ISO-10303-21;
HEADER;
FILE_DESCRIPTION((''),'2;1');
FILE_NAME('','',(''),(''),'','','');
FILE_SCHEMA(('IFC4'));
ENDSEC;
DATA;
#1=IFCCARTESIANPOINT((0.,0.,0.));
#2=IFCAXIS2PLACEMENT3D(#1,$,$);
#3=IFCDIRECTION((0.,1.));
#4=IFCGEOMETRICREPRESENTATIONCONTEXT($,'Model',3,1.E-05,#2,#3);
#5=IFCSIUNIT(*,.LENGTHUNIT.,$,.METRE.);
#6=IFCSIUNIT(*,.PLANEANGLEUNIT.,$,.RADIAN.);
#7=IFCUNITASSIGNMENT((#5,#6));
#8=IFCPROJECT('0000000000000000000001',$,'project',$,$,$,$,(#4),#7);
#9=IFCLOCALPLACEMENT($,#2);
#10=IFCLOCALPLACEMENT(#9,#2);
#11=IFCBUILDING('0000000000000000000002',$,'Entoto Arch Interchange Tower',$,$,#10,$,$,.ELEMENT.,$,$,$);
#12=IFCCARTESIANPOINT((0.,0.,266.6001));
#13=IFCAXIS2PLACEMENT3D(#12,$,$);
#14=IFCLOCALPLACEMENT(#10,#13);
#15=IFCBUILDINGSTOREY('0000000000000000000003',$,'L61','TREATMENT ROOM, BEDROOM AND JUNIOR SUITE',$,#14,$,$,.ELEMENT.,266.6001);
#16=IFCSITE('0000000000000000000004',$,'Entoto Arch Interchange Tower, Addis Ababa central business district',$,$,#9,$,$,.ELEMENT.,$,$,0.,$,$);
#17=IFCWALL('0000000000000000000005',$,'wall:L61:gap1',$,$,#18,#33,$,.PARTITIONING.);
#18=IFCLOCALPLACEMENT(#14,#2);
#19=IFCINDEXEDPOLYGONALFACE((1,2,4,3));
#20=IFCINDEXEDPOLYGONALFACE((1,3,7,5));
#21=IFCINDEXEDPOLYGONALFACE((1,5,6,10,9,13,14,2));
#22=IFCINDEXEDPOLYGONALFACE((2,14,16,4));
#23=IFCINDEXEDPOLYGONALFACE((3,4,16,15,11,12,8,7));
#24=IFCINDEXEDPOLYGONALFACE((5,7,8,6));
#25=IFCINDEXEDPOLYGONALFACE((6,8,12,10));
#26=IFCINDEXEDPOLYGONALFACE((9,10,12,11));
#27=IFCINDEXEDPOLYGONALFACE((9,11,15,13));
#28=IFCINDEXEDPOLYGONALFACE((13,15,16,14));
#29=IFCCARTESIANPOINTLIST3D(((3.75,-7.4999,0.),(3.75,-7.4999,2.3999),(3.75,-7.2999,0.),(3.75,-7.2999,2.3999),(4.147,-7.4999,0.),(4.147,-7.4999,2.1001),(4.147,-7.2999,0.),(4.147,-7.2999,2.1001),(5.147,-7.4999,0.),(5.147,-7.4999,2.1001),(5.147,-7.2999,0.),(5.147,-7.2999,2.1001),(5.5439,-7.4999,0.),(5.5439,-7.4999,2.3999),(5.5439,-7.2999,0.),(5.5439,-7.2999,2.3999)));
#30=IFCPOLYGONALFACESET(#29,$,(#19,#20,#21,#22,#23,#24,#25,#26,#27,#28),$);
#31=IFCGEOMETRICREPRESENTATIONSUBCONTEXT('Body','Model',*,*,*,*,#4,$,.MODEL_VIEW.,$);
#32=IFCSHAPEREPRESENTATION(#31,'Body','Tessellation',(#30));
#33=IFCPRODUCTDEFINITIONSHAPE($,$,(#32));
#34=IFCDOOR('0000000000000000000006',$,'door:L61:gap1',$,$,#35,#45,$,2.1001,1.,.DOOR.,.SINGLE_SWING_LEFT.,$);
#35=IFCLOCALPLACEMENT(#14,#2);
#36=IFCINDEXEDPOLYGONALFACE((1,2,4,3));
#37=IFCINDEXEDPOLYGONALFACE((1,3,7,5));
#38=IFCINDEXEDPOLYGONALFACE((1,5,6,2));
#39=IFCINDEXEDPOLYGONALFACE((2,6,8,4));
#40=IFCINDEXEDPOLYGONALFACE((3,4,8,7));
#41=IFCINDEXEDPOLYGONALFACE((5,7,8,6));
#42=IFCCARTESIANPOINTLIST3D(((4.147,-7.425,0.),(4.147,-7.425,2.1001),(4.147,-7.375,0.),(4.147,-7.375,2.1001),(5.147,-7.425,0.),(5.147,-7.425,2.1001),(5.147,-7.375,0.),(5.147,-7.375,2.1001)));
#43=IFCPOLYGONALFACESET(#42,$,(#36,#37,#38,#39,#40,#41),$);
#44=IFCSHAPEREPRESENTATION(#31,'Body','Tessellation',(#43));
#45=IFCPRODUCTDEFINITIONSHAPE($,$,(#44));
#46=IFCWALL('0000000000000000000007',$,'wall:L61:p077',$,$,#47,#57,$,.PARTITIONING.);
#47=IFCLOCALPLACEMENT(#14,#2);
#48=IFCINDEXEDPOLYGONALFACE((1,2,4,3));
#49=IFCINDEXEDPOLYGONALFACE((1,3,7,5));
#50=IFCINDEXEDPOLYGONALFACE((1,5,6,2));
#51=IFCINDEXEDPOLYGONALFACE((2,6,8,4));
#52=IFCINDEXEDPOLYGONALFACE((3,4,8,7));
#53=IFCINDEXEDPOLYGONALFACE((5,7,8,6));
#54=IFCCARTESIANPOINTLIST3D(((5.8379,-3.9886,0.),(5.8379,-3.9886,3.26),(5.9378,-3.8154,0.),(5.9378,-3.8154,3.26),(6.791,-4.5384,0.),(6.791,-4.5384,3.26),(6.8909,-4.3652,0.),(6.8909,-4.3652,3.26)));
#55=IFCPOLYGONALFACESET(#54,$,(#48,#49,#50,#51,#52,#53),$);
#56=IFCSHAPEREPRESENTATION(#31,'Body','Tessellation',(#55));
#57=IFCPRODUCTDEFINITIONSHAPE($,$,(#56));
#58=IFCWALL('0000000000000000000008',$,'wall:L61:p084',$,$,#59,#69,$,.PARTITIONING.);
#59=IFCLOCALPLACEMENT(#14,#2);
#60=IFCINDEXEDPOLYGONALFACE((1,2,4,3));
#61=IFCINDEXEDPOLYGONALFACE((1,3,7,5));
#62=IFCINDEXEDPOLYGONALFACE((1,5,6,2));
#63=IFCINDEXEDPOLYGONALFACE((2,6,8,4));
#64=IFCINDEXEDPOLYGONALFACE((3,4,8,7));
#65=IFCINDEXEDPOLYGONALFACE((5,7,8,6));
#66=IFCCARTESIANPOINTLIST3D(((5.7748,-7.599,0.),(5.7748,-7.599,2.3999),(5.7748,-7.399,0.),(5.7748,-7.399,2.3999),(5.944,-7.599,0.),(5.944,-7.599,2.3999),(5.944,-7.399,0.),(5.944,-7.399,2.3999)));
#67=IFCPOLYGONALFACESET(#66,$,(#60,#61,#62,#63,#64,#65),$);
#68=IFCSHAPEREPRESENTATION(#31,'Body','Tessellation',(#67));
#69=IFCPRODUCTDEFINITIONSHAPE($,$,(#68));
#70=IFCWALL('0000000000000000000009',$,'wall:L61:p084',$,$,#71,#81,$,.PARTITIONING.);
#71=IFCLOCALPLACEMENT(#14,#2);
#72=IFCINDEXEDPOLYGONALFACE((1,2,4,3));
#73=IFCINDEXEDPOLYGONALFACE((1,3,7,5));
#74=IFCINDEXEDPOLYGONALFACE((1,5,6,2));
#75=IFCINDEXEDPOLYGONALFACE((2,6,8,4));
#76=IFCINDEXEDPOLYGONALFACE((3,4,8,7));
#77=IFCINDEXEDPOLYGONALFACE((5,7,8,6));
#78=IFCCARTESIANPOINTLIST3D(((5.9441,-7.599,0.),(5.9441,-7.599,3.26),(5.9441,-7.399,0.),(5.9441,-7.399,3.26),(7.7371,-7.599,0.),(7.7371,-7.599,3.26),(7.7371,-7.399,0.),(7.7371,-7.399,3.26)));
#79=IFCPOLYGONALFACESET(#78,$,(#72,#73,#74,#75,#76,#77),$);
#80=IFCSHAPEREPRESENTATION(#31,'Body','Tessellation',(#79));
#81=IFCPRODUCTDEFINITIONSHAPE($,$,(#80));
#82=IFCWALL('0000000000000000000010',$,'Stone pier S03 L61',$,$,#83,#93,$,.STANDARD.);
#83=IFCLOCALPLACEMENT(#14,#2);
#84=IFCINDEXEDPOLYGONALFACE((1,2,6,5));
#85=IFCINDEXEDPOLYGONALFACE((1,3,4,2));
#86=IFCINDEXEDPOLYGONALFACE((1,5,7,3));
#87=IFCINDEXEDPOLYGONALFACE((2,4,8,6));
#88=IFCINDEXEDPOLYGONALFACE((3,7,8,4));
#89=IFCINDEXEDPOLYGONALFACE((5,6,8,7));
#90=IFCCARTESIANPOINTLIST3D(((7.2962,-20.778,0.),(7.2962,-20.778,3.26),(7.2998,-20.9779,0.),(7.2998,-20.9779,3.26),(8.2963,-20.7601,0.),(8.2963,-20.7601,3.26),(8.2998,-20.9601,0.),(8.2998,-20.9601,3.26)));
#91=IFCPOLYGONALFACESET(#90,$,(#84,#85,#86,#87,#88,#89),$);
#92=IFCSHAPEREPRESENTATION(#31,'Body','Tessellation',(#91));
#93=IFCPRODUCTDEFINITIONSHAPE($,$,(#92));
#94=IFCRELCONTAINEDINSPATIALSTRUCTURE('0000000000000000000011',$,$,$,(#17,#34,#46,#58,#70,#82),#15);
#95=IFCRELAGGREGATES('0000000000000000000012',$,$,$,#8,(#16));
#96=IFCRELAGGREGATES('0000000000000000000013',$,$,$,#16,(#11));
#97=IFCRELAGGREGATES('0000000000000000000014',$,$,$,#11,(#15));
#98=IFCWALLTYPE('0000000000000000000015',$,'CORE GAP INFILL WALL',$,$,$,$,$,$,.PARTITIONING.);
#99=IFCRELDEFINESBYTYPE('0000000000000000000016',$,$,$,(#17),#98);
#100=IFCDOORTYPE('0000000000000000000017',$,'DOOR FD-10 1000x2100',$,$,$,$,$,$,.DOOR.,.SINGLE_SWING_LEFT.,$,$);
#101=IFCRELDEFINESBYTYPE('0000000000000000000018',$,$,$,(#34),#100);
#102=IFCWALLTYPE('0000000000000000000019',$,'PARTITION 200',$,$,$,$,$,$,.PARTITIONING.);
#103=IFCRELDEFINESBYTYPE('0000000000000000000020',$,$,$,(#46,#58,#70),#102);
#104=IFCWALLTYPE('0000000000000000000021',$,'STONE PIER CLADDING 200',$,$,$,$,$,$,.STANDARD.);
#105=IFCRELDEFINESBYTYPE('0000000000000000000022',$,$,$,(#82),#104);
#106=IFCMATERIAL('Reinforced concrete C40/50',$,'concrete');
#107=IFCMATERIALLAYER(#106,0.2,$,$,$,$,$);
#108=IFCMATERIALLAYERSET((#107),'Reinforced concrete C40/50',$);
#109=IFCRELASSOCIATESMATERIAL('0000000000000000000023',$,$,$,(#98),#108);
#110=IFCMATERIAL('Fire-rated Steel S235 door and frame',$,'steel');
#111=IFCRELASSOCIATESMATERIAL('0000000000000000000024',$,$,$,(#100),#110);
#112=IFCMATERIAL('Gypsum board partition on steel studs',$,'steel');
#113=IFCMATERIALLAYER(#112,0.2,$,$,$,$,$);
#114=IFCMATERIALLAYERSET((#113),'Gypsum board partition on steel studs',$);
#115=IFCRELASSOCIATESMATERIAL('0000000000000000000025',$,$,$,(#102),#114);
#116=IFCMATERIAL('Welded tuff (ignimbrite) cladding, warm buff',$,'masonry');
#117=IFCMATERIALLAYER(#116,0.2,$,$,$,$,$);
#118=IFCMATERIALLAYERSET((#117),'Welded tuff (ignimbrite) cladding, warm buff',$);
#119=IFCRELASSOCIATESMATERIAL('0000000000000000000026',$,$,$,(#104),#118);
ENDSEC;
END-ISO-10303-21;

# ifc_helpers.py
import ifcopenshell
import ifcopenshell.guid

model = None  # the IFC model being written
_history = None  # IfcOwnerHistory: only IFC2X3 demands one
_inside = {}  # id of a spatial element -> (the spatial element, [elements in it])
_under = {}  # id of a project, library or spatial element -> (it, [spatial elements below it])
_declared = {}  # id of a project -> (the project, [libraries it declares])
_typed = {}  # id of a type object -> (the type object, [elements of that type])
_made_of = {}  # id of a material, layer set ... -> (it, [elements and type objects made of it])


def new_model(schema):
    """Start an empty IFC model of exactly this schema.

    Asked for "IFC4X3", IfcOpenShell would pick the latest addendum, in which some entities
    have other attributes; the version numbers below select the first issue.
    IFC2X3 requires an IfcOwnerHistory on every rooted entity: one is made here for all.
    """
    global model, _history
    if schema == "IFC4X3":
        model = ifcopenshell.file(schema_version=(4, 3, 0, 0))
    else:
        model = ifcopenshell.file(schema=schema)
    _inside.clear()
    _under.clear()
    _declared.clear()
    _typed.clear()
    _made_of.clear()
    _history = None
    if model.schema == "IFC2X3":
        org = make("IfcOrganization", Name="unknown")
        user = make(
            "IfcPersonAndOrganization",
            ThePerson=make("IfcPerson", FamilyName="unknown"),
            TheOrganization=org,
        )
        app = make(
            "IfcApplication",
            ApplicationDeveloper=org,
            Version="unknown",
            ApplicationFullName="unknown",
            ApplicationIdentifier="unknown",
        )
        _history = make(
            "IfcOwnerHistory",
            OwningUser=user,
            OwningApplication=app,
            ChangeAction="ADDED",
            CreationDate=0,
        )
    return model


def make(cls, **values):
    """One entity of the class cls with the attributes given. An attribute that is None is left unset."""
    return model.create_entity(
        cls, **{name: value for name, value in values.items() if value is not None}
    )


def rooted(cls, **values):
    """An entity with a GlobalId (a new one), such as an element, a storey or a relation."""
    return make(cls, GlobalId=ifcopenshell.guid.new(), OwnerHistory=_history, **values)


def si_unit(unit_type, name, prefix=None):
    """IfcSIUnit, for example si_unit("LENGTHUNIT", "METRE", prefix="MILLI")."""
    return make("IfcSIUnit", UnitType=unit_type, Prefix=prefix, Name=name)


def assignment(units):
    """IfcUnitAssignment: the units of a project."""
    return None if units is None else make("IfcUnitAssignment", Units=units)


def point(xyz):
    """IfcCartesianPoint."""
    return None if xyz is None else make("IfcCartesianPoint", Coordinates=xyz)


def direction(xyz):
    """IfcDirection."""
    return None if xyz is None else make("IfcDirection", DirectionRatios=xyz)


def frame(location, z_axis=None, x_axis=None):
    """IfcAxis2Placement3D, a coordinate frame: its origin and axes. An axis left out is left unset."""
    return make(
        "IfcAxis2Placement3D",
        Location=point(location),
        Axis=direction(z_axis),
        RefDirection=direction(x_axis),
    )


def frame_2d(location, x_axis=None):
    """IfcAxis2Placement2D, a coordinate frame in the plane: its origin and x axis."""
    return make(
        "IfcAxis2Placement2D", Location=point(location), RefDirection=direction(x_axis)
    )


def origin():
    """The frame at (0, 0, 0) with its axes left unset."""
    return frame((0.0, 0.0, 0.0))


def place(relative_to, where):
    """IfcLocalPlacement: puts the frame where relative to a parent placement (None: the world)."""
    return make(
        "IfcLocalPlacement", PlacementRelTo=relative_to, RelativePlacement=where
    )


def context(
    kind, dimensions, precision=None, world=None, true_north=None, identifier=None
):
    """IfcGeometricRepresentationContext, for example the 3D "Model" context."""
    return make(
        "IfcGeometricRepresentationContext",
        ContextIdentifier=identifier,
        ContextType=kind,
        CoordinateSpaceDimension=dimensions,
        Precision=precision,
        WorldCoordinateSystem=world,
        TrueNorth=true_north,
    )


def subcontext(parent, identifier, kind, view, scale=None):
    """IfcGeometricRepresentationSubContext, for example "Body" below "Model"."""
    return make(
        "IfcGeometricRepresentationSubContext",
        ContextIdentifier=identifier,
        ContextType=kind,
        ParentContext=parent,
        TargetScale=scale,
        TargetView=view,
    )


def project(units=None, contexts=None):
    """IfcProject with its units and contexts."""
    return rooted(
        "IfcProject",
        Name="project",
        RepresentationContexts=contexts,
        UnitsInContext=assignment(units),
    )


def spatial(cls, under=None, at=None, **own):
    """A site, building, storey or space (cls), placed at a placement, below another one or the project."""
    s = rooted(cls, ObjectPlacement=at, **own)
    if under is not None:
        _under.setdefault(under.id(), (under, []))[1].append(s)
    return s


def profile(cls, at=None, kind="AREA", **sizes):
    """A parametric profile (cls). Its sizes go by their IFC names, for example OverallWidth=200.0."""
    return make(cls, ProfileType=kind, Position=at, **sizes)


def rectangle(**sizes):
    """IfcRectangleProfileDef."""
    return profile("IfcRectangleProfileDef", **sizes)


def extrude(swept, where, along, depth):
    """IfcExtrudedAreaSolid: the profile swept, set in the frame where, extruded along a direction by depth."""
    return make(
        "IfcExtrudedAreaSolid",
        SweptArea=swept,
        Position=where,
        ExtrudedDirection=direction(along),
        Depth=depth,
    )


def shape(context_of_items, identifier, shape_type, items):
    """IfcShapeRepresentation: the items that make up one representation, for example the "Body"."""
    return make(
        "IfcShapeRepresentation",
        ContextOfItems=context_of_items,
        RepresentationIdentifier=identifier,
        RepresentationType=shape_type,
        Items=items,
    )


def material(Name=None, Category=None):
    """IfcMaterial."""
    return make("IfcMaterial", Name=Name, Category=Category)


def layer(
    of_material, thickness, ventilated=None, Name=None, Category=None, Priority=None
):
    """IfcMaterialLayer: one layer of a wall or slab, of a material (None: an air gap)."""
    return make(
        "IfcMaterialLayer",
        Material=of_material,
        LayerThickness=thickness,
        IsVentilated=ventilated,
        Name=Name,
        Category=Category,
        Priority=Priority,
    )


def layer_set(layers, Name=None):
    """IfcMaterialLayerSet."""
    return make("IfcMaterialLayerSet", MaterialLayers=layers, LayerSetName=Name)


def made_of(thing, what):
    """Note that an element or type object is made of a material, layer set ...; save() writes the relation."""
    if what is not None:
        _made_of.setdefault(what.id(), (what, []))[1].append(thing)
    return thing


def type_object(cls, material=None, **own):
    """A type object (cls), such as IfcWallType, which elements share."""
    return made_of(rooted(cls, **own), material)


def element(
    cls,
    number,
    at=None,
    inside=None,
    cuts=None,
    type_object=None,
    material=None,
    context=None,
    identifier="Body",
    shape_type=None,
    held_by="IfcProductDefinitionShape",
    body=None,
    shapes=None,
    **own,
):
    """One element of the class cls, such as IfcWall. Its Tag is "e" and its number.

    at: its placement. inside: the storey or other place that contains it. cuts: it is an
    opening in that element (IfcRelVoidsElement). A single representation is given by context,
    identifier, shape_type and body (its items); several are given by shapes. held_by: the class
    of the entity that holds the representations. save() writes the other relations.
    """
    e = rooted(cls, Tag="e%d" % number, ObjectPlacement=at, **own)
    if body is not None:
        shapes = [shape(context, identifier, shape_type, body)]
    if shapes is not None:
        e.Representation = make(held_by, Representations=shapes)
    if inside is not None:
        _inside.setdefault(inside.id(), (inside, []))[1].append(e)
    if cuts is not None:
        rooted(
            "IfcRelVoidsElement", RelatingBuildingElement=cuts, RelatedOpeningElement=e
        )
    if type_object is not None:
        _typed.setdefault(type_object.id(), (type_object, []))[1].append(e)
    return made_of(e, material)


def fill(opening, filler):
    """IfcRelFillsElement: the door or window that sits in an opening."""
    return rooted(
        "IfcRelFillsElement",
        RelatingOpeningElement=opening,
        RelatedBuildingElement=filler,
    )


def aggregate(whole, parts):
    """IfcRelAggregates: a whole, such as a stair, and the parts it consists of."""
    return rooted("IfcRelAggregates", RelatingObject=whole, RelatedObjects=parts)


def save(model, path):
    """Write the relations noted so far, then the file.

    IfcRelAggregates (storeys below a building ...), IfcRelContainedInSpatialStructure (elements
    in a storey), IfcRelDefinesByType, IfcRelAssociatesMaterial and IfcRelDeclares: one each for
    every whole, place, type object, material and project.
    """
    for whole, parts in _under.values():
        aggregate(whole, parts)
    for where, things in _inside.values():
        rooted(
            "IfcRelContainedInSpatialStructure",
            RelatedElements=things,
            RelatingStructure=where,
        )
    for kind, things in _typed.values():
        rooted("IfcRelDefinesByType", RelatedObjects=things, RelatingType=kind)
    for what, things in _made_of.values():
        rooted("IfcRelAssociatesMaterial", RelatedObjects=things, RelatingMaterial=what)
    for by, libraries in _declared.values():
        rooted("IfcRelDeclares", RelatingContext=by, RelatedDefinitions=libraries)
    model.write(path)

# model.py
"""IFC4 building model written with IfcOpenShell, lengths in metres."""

from ifc_helpers import new_model, si_unit, direction, frame, frame_2d, origin, place, context, subcontext, project, spatial, rectangle, extrude, material, layer, layer_set, type_object, element, fill, save


model = new_model("IFC4")

# Units and contexts
model_context = context("Model", 3, precision=1e-05, world=origin(), true_north=direction((0.0, 1.0)))
body_context = subcontext(model_context, "Body", "Model", "MODEL_VIEW")
ifc_project = project(units=[si_unit("LENGTHUNIT", "METRE"), si_unit("PLANEANGLEUNIT", "RADIAN")], contexts=[model_context])

# Site, building, storey
site_placement = place(None, origin())
site = spatial("IfcSite", under=ifc_project, at=site_placement, Name="Entoto Arch Interchange Tower, Addis Ababa central business district", CompositionType="ELEMENT", RefElevation=0.0)
building_placement = place(site_placement, origin())
building = spatial("IfcBuilding", under=site, at=building_placement, Name="Entoto Arch Interchange Tower", CompositionType="ELEMENT")
storey_placement = place(building_placement, frame((0.0, 0.0, 266.6001)))
storey = spatial("IfcBuildingStorey", under=building, at=storey_placement, Name="L61", Description="TREATMENT ROOM, BEDROOM AND JUNIOR SUITE", CompositionType="ELEMENT", Elevation=266.6001)

# Wall, opening, door
ifc_material_1 = material(Name="Reinforced concrete C40/50", Category="concrete")
ifc_layer_1 = layer(ifc_material_1, 0.2)
ifc_layer_set_1 = layer_set([ifc_layer_1], Name="Reinforced concrete C40/50")
wall_type_1 = type_object("IfcWallType", Name="CORE GAP INFILL WALL", PredefinedType="PARTITIONING", material=ifc_layer_set_1)
wall_1_placement = place(storey_placement, frame((3.75, -7.3999, 0.0), z_axis=(0.0, 0.0, 1.0), x_axis=(1.0, 0.0, 0.0)))
wall_1 = element("IfcWall", 1, at=wall_1_placement, inside=storey, type_object=wall_type_1, Name="wall:L61:gap1", PredefinedType="PARTITIONING", context=body_context, shape_type="SweptSolid", body=[
    extrude(rectangle(XDim=1.7939, YDim=0.2, at=frame_2d((0.897, 0.0))), origin(), (0.0, 0.0, 1.0), 2.3999),
])
opening_placement = place(wall_1_placement, frame((0.397, 0.0, 0.0)))
opening = element("IfcOpeningElement", 2, at=opening_placement, cuts=wall_1, PredefinedType="OPENING", context=body_context, shape_type="SweptSolid", body=[
    extrude(rectangle(XDim=1.0, YDim=2.1001, at=frame_2d((0.5, 1.05))), frame((0.0, 0.1099, 0.0), z_axis=(0.0, -1.0, 0.0), x_axis=(1.0, 0.0, 0.0)), (0.0, 0.0, 1.0), 0.22),
])
ifc_material_2 = material(Name="Fire-rated Steel S235 door and frame", Category="steel")
door_type = type_object("IfcDoorType", Name="DOOR FD-10 1000x2100", OperationType="SINGLE_SWING_LEFT", PredefinedType="DOOR", material=ifc_material_2)
door_placement = place(opening_placement, origin())
door = element("IfcDoor", 3, at=door_placement, inside=storey, type_object=door_type, Name="door:L61:gap1", OperationType="SINGLE_SWING_LEFT", OverallHeight=2.1001, OverallWidth=1.0, PredefinedType="DOOR", context=body_context, shape_type="SweptSolid", body=[
    extrude(rectangle(XDim=1.0, YDim=2.1001, at=frame_2d((0.5, 1.05))), frame((0.0, 0.0249, 0.0), z_axis=(0.0, -1.0, 0.0), x_axis=(1.0, 0.0, 0.0)), (0.0, 0.0, 1.0), 0.05),
])
fill(opening, door)

# Walls
ifc_material_3 = material(Name="Gypsum board partition on steel studs", Category="steel")
ifc_layer_2 = layer(ifc_material_3, 0.2)
ifc_layer_set_2 = layer_set([ifc_layer_2], Name="Gypsum board partition on steel studs")
wall_type_2 = type_object("IfcWallType", Name="PARTITION 200", PredefinedType="PARTITIONING", material=ifc_layer_set_2)
wall_2_placement = place(storey_placement, frame((6.8411, -4.4519, 0.0), z_axis=(0.0, 0.0, 1.0), x_axis=(-0.866215, 0.499671, 0.0)))
element("IfcWall", 4, at=wall_2_placement, inside=storey, type_object=wall_type_2, Name="wall:L61:p077", PredefinedType="PARTITIONING", context=body_context, shape_type="SweptSolid", body=[
    extrude(rectangle(XDim=1.1003, YDim=0.2, at=frame_2d((0.5503, 0.0))), origin(), (0.0, 0.0, 1.0), 3.26),
])
wall_3_placement = place(storey_placement, frame((5.7749, -7.499, 0.0), z_axis=(0.0, 0.0, 1.0), x_axis=(1.0, 0.0, 0.0)))
element("IfcWall", 5, at=wall_3_placement, inside=storey, type_object=wall_type_2, Name="wall:L61:p084", PredefinedType="PARTITIONING", context=body_context, shape_type="SweptSolid", body=[
    extrude(rectangle(XDim=0.1692, YDim=0.2, at=frame_2d((0.0845, 0.0))), origin(), (0.0, 0.0, 1.0), 2.3999),
])
wall_4_placement = place(storey_placement, frame((5.9441, -7.499, 0.0), z_axis=(0.0, 0.0, 1.0), x_axis=(1.0, 0.0, 0.0)))
element("IfcWall", 6, at=wall_4_placement, inside=storey, type_object=wall_type_2, Name="wall:L61:p084", PredefinedType="PARTITIONING", context=body_context, shape_type="SweptSolid", body=[
    extrude(rectangle(XDim=1.793, YDim=0.2, at=frame_2d((0.8965, 0.0))), origin(), (0.0, 0.0, 1.0), 3.26),
])
ifc_material_4 = material(Name="Welded tuff (ignimbrite) cladding, warm buff", Category="masonry")
ifc_layer_3 = layer(ifc_material_4, 0.2)
ifc_layer_set_3 = layer_set([ifc_layer_3], Name="Welded tuff (ignimbrite) cladding, warm buff")
wall_type_3 = type_object("IfcWallType", Name="STONE PIER CLADDING 200", PredefinedType="STANDARD", material=ifc_layer_set_3)
wall_5_placement = place(storey_placement, frame((7.2981, -20.8779, 0.0), z_axis=(0.0, 0.0, 1.0), x_axis=(0.999841, 0.017819, 0.0)))
element("IfcWall", 7, at=wall_5_placement, inside=storey, type_object=wall_type_3, Name="Stone pier S03 L61", PredefinedType="STANDARD", context=body_context, shape_type="SweptSolid", body=[
    extrude(rectangle(XDim=1.0002, YDim=0.2, at=frame_2d((0.5, 0.0))), origin(), (0.0, 0.0, 1.0), 3.26),
])

save(model, "model.ifc")
